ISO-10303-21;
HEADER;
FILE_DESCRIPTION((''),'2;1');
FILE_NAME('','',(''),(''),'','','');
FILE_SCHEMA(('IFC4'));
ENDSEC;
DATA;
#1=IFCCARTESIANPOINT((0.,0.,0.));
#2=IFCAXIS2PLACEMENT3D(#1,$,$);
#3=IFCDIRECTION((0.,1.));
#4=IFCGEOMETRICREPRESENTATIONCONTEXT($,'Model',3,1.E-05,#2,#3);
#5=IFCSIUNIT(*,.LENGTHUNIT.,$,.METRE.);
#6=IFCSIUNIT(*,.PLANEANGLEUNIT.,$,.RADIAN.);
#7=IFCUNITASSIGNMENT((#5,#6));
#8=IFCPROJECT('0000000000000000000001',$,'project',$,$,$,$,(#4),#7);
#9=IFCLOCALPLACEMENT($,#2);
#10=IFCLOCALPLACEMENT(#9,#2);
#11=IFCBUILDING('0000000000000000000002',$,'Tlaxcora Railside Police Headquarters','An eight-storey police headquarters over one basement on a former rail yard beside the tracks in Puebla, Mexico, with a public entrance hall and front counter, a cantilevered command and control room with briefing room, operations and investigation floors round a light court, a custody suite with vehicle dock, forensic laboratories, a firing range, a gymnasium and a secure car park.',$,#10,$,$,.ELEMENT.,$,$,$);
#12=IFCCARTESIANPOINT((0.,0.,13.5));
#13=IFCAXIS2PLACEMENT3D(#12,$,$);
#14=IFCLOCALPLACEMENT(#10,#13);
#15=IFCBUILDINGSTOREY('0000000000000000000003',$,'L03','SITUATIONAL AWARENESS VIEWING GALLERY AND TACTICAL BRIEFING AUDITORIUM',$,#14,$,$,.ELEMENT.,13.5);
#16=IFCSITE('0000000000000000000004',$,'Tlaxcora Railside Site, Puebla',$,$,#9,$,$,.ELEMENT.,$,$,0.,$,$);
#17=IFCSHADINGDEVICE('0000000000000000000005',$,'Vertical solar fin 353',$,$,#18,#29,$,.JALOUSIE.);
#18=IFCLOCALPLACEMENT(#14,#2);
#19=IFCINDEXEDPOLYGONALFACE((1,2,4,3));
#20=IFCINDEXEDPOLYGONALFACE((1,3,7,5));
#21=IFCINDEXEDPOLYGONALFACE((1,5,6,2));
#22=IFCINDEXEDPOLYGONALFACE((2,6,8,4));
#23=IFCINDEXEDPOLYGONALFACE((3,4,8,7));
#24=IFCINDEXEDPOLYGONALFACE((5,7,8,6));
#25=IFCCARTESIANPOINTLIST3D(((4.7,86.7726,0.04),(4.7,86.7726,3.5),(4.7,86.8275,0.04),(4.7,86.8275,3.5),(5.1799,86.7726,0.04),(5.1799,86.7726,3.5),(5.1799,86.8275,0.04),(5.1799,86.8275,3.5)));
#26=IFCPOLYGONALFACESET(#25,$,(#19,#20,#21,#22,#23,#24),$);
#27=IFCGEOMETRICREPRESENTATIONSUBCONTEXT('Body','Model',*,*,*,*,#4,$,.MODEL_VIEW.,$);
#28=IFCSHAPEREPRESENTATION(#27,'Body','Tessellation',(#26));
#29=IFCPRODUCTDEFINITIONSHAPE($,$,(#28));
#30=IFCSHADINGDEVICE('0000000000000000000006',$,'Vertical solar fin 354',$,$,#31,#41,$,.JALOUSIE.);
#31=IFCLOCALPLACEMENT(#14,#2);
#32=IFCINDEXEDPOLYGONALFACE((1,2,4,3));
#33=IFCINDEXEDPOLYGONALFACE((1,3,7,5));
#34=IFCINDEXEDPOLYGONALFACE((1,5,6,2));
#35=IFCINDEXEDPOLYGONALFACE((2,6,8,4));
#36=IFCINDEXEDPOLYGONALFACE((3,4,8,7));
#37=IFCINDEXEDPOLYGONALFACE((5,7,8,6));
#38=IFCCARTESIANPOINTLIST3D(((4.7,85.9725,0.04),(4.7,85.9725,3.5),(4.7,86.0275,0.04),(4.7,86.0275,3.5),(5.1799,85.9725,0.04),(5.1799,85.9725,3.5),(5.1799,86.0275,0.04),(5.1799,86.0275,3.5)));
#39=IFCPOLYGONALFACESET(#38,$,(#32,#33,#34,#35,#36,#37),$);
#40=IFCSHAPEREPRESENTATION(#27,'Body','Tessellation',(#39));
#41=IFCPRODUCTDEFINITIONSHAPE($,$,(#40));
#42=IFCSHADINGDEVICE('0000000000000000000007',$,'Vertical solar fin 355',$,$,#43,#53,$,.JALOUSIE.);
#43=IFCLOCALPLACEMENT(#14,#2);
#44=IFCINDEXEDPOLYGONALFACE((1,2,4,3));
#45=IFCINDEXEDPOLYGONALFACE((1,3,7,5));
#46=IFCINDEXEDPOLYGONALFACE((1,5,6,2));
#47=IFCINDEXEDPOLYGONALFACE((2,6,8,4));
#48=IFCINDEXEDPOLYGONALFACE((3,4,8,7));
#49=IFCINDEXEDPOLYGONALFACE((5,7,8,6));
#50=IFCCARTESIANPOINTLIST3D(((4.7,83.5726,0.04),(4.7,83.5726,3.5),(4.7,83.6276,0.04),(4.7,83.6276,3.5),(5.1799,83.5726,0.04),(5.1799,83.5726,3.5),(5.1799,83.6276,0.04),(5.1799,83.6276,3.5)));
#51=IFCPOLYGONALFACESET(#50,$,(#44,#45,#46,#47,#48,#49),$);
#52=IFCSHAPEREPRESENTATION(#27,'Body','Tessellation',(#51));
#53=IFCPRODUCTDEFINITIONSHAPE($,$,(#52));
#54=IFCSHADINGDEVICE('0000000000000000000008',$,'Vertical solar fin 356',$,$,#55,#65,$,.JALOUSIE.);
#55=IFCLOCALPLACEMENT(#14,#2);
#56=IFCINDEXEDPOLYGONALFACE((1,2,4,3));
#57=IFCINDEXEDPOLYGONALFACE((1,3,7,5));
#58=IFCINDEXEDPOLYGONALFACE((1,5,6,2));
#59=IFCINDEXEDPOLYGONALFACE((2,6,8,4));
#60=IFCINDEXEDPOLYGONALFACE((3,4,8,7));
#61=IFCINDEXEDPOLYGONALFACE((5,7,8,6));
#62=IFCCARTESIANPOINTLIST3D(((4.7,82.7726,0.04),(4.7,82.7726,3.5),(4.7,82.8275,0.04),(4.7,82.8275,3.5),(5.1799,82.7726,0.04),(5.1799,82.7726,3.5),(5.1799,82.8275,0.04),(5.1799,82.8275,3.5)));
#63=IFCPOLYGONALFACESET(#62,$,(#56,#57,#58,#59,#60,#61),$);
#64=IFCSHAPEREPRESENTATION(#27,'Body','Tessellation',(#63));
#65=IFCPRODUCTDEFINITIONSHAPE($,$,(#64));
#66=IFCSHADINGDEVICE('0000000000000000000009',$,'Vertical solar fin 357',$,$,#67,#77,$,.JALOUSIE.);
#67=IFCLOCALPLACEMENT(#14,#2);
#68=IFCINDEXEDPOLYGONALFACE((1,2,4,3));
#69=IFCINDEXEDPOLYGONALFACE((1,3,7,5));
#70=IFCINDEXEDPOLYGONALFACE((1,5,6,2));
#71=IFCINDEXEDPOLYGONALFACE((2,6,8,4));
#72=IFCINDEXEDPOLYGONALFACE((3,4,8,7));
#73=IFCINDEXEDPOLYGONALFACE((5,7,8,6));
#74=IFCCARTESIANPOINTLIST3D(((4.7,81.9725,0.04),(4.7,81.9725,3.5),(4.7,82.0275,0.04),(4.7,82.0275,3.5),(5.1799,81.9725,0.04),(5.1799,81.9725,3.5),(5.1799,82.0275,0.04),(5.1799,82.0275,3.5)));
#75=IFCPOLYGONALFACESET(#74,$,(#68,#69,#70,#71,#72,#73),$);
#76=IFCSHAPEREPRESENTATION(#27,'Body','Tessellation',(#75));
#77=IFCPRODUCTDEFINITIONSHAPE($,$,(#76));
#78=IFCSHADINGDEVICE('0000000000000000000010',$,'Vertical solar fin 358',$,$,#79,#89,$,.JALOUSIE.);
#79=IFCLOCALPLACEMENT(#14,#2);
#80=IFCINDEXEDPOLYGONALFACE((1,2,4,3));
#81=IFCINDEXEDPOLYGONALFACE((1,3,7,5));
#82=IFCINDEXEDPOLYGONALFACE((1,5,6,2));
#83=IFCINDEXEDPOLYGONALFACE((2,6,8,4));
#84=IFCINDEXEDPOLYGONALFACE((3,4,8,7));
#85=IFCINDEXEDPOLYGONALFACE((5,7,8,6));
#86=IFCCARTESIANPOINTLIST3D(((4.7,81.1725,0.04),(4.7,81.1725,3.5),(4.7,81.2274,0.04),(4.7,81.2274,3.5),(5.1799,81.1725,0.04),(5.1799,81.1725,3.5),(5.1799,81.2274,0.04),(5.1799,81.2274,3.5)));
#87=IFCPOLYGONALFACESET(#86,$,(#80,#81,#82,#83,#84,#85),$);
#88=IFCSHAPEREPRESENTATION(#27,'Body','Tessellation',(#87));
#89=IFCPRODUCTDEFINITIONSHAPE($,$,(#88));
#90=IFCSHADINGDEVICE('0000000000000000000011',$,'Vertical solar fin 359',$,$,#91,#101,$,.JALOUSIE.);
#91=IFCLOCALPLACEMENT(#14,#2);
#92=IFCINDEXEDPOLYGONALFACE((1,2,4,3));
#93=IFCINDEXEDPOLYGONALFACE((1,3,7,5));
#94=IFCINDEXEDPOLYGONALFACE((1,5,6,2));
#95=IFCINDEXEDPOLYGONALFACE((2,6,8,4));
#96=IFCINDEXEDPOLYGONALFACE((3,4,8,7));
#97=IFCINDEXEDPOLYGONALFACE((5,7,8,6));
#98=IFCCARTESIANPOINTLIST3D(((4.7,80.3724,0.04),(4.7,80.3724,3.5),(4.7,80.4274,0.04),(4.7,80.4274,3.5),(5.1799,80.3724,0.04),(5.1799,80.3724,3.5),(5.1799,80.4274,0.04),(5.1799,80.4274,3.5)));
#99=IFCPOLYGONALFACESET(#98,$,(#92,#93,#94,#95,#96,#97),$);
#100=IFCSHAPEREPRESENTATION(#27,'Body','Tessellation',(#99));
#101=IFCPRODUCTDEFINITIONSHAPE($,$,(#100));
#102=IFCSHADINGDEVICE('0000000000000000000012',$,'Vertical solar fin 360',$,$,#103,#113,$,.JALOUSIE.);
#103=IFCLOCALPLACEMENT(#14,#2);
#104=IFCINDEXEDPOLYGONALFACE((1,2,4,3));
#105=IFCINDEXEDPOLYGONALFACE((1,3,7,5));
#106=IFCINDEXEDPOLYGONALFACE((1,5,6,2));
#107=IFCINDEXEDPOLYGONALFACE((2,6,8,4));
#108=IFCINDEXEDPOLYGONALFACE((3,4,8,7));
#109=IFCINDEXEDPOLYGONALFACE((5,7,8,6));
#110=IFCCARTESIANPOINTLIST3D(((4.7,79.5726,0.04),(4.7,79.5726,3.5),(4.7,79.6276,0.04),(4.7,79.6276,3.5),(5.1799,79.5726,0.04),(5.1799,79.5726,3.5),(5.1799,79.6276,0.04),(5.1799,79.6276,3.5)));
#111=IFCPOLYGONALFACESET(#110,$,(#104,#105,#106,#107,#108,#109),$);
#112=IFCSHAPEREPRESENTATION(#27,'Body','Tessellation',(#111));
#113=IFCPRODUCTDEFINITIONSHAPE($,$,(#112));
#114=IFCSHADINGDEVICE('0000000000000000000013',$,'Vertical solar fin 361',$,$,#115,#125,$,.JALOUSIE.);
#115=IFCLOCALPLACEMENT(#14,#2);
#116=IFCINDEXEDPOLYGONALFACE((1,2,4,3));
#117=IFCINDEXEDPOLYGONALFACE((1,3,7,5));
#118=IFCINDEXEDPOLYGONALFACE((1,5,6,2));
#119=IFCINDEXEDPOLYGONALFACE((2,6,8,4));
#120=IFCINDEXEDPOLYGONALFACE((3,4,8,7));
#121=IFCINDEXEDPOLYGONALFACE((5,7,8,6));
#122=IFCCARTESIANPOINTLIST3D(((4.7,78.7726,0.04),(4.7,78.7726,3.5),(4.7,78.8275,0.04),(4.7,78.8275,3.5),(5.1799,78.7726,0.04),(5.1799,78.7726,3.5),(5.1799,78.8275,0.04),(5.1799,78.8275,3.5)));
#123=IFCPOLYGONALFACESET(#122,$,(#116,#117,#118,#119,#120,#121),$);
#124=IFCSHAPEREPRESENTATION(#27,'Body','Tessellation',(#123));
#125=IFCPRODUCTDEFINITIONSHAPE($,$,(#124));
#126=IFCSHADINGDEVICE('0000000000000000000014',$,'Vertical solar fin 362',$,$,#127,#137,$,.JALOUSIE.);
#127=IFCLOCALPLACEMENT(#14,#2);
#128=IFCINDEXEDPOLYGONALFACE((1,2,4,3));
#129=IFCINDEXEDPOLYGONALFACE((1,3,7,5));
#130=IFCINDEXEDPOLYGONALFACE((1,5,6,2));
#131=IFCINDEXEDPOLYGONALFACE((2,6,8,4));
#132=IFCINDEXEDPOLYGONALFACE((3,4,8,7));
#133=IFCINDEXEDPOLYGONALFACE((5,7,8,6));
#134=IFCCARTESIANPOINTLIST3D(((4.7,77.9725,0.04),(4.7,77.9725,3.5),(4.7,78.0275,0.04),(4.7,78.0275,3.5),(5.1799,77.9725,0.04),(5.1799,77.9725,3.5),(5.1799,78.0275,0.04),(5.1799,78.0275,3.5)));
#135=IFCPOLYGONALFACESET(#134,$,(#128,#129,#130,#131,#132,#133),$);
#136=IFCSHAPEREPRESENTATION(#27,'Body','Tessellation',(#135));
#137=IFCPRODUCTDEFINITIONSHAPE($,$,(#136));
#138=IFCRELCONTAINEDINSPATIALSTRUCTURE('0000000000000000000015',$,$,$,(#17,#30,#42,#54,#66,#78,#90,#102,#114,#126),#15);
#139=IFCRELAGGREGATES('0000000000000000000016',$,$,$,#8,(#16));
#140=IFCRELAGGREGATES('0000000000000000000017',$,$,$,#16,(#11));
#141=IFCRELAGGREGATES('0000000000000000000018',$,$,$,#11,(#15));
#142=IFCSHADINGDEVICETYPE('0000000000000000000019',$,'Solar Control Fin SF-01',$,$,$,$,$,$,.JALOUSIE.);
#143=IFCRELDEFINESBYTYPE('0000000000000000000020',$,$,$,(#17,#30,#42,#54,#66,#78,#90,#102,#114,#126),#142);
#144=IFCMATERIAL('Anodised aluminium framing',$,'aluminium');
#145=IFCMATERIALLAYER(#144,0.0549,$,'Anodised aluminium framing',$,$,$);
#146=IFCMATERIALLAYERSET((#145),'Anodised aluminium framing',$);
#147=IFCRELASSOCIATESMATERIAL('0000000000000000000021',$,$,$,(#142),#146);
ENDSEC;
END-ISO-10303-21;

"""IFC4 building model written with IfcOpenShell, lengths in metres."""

from ifc_helpers import new_model, si_unit, direction, frame, origin, origin_2d, place, context, subcontext, project, spatial, rectangle, extrude, material, layer, layer_set, type_object, element, save


model = new_model("IFC4")

# Units and contexts
model_context = context("Model", 3, precision=1e-05, world=origin(), true_north=direction((0.0, 1.0)))
body_context = subcontext(model_context, "Body", "Model", "MODEL_VIEW")
ifc_project = project(units=[si_unit("LENGTHUNIT", "METRE"), si_unit("PLANEANGLEUNIT", "RADIAN")], contexts=[model_context])

# Site, building, storey
site_placement = place(None, origin())
site = spatial("IfcSite", under=ifc_project, at=site_placement, Name="Tlaxcora Railside Site, Puebla", CompositionType="ELEMENT", RefElevation=0.0)
building_placement = place(site_placement, origin())
building = spatial("IfcBuilding", under=site, at=building_placement, Name="Tlaxcora Railside Police Headquarters", Description="An eight-storey police headquarters over one basement on a former rail yard beside the tracks in Puebla, Mexico, with a public entrance hall and front counter, a cantilevered command and control room with briefing room, operations and investigation floors round a light court, a custody suite with vehicle dock, forensic laboratories, a firing range, a gymnasium and a secure car park.", CompositionType="ELEMENT")
storey_placement = place(building_placement, frame((0.0, 0.0, 13.5)))
storey = spatial("IfcBuildingStorey", under=building, at=storey_placement, Name="L03", Description="SITUATIONAL AWARENESS VIEWING GALLERY AND TACTICAL BRIEFING AUDITORIUM", CompositionType="ELEMENT", Elevation=13.5)

# Shared definitions
ifc_material_1 = material(Name="Anodised aluminium framing", Category="aluminium")

# Shading devices
ifc_layer_1 = layer(ifc_material_1, 0.0549, Name="Anodised aluminium framing")
ifc_layer_set_1 = layer_set([ifc_layer_1], Name="Anodised aluminium framing")
shading_device_type = type_object("IfcShadingDeviceType", Name="Solar Control Fin SF-01", PredefinedType="JALOUSIE", material=ifc_layer_set_1)
for number, where, z_axis, x_axis, name in (
    (1, (4.9399, 86.8, 0.04), (0.0, 0.0, 1.0), (-1.0, 0.0, 0.0), "Vertical solar fin 353"),
    (2, (4.9399, 86.0, 0.04), (0.0, 0.0, 1.0), (-1.0, 0.0, 0.0), "Vertical solar fin 354"),
    (3, (4.9399, 83.6001, 0.04), (0.0, 0.0, 1.0), (-1.0, 0.0, 0.0), "Vertical solar fin 355"),
    (4, (4.9399, 82.8, 0.04), (0.0, 0.0, 1.0), (-1.0, 0.0, 0.0), "Vertical solar fin 356"),
    (5, (4.9399, 82.0, 0.04), (0.0, 0.0, 1.0), (-1.0, 0.0, 0.0), "Vertical solar fin 357"),
    (6, (4.9399, 81.2, 0.04), (0.0, 0.0, 1.0), (-1.0, 0.0, 0.0), "Vertical solar fin 358"),
    (7, (4.9399, 80.3999, 0.04), (0.0, 0.0, 1.0), (-1.0, 0.0, 0.0), "Vertical solar fin 359"),
    (8, (4.9399, 79.6001, 0.04), (0.0, 0.0, 1.0), (-1.0, 0.0, 0.0), "Vertical solar fin 360"),
    (9, (4.9399, 78.8, 0.04), (0.0, 0.0, 1.0), (-1.0, 0.0, 0.0), "Vertical solar fin 361"),
    (10, (4.9399, 78.0, 0.04), (0.0, 0.0, 1.0), (-1.0, 0.0, 0.0), "Vertical solar fin 362"),
):
    element("IfcShadingDevice", number, at=place(storey_placement, frame(where, z_axis=z_axis, x_axis=x_axis)), inside=storey, type_object=shading_device_type, Name=name, PredefinedType="JALOUSIE", context=body_context, shape_type="SweptSolid", body=[
        extrude(rectangle(XDim=0.48, YDim=0.0549, at=origin_2d()), origin(), (0.0, 0.0, 1.0), 3.46),
    ])

save(model, "model.ifc")
